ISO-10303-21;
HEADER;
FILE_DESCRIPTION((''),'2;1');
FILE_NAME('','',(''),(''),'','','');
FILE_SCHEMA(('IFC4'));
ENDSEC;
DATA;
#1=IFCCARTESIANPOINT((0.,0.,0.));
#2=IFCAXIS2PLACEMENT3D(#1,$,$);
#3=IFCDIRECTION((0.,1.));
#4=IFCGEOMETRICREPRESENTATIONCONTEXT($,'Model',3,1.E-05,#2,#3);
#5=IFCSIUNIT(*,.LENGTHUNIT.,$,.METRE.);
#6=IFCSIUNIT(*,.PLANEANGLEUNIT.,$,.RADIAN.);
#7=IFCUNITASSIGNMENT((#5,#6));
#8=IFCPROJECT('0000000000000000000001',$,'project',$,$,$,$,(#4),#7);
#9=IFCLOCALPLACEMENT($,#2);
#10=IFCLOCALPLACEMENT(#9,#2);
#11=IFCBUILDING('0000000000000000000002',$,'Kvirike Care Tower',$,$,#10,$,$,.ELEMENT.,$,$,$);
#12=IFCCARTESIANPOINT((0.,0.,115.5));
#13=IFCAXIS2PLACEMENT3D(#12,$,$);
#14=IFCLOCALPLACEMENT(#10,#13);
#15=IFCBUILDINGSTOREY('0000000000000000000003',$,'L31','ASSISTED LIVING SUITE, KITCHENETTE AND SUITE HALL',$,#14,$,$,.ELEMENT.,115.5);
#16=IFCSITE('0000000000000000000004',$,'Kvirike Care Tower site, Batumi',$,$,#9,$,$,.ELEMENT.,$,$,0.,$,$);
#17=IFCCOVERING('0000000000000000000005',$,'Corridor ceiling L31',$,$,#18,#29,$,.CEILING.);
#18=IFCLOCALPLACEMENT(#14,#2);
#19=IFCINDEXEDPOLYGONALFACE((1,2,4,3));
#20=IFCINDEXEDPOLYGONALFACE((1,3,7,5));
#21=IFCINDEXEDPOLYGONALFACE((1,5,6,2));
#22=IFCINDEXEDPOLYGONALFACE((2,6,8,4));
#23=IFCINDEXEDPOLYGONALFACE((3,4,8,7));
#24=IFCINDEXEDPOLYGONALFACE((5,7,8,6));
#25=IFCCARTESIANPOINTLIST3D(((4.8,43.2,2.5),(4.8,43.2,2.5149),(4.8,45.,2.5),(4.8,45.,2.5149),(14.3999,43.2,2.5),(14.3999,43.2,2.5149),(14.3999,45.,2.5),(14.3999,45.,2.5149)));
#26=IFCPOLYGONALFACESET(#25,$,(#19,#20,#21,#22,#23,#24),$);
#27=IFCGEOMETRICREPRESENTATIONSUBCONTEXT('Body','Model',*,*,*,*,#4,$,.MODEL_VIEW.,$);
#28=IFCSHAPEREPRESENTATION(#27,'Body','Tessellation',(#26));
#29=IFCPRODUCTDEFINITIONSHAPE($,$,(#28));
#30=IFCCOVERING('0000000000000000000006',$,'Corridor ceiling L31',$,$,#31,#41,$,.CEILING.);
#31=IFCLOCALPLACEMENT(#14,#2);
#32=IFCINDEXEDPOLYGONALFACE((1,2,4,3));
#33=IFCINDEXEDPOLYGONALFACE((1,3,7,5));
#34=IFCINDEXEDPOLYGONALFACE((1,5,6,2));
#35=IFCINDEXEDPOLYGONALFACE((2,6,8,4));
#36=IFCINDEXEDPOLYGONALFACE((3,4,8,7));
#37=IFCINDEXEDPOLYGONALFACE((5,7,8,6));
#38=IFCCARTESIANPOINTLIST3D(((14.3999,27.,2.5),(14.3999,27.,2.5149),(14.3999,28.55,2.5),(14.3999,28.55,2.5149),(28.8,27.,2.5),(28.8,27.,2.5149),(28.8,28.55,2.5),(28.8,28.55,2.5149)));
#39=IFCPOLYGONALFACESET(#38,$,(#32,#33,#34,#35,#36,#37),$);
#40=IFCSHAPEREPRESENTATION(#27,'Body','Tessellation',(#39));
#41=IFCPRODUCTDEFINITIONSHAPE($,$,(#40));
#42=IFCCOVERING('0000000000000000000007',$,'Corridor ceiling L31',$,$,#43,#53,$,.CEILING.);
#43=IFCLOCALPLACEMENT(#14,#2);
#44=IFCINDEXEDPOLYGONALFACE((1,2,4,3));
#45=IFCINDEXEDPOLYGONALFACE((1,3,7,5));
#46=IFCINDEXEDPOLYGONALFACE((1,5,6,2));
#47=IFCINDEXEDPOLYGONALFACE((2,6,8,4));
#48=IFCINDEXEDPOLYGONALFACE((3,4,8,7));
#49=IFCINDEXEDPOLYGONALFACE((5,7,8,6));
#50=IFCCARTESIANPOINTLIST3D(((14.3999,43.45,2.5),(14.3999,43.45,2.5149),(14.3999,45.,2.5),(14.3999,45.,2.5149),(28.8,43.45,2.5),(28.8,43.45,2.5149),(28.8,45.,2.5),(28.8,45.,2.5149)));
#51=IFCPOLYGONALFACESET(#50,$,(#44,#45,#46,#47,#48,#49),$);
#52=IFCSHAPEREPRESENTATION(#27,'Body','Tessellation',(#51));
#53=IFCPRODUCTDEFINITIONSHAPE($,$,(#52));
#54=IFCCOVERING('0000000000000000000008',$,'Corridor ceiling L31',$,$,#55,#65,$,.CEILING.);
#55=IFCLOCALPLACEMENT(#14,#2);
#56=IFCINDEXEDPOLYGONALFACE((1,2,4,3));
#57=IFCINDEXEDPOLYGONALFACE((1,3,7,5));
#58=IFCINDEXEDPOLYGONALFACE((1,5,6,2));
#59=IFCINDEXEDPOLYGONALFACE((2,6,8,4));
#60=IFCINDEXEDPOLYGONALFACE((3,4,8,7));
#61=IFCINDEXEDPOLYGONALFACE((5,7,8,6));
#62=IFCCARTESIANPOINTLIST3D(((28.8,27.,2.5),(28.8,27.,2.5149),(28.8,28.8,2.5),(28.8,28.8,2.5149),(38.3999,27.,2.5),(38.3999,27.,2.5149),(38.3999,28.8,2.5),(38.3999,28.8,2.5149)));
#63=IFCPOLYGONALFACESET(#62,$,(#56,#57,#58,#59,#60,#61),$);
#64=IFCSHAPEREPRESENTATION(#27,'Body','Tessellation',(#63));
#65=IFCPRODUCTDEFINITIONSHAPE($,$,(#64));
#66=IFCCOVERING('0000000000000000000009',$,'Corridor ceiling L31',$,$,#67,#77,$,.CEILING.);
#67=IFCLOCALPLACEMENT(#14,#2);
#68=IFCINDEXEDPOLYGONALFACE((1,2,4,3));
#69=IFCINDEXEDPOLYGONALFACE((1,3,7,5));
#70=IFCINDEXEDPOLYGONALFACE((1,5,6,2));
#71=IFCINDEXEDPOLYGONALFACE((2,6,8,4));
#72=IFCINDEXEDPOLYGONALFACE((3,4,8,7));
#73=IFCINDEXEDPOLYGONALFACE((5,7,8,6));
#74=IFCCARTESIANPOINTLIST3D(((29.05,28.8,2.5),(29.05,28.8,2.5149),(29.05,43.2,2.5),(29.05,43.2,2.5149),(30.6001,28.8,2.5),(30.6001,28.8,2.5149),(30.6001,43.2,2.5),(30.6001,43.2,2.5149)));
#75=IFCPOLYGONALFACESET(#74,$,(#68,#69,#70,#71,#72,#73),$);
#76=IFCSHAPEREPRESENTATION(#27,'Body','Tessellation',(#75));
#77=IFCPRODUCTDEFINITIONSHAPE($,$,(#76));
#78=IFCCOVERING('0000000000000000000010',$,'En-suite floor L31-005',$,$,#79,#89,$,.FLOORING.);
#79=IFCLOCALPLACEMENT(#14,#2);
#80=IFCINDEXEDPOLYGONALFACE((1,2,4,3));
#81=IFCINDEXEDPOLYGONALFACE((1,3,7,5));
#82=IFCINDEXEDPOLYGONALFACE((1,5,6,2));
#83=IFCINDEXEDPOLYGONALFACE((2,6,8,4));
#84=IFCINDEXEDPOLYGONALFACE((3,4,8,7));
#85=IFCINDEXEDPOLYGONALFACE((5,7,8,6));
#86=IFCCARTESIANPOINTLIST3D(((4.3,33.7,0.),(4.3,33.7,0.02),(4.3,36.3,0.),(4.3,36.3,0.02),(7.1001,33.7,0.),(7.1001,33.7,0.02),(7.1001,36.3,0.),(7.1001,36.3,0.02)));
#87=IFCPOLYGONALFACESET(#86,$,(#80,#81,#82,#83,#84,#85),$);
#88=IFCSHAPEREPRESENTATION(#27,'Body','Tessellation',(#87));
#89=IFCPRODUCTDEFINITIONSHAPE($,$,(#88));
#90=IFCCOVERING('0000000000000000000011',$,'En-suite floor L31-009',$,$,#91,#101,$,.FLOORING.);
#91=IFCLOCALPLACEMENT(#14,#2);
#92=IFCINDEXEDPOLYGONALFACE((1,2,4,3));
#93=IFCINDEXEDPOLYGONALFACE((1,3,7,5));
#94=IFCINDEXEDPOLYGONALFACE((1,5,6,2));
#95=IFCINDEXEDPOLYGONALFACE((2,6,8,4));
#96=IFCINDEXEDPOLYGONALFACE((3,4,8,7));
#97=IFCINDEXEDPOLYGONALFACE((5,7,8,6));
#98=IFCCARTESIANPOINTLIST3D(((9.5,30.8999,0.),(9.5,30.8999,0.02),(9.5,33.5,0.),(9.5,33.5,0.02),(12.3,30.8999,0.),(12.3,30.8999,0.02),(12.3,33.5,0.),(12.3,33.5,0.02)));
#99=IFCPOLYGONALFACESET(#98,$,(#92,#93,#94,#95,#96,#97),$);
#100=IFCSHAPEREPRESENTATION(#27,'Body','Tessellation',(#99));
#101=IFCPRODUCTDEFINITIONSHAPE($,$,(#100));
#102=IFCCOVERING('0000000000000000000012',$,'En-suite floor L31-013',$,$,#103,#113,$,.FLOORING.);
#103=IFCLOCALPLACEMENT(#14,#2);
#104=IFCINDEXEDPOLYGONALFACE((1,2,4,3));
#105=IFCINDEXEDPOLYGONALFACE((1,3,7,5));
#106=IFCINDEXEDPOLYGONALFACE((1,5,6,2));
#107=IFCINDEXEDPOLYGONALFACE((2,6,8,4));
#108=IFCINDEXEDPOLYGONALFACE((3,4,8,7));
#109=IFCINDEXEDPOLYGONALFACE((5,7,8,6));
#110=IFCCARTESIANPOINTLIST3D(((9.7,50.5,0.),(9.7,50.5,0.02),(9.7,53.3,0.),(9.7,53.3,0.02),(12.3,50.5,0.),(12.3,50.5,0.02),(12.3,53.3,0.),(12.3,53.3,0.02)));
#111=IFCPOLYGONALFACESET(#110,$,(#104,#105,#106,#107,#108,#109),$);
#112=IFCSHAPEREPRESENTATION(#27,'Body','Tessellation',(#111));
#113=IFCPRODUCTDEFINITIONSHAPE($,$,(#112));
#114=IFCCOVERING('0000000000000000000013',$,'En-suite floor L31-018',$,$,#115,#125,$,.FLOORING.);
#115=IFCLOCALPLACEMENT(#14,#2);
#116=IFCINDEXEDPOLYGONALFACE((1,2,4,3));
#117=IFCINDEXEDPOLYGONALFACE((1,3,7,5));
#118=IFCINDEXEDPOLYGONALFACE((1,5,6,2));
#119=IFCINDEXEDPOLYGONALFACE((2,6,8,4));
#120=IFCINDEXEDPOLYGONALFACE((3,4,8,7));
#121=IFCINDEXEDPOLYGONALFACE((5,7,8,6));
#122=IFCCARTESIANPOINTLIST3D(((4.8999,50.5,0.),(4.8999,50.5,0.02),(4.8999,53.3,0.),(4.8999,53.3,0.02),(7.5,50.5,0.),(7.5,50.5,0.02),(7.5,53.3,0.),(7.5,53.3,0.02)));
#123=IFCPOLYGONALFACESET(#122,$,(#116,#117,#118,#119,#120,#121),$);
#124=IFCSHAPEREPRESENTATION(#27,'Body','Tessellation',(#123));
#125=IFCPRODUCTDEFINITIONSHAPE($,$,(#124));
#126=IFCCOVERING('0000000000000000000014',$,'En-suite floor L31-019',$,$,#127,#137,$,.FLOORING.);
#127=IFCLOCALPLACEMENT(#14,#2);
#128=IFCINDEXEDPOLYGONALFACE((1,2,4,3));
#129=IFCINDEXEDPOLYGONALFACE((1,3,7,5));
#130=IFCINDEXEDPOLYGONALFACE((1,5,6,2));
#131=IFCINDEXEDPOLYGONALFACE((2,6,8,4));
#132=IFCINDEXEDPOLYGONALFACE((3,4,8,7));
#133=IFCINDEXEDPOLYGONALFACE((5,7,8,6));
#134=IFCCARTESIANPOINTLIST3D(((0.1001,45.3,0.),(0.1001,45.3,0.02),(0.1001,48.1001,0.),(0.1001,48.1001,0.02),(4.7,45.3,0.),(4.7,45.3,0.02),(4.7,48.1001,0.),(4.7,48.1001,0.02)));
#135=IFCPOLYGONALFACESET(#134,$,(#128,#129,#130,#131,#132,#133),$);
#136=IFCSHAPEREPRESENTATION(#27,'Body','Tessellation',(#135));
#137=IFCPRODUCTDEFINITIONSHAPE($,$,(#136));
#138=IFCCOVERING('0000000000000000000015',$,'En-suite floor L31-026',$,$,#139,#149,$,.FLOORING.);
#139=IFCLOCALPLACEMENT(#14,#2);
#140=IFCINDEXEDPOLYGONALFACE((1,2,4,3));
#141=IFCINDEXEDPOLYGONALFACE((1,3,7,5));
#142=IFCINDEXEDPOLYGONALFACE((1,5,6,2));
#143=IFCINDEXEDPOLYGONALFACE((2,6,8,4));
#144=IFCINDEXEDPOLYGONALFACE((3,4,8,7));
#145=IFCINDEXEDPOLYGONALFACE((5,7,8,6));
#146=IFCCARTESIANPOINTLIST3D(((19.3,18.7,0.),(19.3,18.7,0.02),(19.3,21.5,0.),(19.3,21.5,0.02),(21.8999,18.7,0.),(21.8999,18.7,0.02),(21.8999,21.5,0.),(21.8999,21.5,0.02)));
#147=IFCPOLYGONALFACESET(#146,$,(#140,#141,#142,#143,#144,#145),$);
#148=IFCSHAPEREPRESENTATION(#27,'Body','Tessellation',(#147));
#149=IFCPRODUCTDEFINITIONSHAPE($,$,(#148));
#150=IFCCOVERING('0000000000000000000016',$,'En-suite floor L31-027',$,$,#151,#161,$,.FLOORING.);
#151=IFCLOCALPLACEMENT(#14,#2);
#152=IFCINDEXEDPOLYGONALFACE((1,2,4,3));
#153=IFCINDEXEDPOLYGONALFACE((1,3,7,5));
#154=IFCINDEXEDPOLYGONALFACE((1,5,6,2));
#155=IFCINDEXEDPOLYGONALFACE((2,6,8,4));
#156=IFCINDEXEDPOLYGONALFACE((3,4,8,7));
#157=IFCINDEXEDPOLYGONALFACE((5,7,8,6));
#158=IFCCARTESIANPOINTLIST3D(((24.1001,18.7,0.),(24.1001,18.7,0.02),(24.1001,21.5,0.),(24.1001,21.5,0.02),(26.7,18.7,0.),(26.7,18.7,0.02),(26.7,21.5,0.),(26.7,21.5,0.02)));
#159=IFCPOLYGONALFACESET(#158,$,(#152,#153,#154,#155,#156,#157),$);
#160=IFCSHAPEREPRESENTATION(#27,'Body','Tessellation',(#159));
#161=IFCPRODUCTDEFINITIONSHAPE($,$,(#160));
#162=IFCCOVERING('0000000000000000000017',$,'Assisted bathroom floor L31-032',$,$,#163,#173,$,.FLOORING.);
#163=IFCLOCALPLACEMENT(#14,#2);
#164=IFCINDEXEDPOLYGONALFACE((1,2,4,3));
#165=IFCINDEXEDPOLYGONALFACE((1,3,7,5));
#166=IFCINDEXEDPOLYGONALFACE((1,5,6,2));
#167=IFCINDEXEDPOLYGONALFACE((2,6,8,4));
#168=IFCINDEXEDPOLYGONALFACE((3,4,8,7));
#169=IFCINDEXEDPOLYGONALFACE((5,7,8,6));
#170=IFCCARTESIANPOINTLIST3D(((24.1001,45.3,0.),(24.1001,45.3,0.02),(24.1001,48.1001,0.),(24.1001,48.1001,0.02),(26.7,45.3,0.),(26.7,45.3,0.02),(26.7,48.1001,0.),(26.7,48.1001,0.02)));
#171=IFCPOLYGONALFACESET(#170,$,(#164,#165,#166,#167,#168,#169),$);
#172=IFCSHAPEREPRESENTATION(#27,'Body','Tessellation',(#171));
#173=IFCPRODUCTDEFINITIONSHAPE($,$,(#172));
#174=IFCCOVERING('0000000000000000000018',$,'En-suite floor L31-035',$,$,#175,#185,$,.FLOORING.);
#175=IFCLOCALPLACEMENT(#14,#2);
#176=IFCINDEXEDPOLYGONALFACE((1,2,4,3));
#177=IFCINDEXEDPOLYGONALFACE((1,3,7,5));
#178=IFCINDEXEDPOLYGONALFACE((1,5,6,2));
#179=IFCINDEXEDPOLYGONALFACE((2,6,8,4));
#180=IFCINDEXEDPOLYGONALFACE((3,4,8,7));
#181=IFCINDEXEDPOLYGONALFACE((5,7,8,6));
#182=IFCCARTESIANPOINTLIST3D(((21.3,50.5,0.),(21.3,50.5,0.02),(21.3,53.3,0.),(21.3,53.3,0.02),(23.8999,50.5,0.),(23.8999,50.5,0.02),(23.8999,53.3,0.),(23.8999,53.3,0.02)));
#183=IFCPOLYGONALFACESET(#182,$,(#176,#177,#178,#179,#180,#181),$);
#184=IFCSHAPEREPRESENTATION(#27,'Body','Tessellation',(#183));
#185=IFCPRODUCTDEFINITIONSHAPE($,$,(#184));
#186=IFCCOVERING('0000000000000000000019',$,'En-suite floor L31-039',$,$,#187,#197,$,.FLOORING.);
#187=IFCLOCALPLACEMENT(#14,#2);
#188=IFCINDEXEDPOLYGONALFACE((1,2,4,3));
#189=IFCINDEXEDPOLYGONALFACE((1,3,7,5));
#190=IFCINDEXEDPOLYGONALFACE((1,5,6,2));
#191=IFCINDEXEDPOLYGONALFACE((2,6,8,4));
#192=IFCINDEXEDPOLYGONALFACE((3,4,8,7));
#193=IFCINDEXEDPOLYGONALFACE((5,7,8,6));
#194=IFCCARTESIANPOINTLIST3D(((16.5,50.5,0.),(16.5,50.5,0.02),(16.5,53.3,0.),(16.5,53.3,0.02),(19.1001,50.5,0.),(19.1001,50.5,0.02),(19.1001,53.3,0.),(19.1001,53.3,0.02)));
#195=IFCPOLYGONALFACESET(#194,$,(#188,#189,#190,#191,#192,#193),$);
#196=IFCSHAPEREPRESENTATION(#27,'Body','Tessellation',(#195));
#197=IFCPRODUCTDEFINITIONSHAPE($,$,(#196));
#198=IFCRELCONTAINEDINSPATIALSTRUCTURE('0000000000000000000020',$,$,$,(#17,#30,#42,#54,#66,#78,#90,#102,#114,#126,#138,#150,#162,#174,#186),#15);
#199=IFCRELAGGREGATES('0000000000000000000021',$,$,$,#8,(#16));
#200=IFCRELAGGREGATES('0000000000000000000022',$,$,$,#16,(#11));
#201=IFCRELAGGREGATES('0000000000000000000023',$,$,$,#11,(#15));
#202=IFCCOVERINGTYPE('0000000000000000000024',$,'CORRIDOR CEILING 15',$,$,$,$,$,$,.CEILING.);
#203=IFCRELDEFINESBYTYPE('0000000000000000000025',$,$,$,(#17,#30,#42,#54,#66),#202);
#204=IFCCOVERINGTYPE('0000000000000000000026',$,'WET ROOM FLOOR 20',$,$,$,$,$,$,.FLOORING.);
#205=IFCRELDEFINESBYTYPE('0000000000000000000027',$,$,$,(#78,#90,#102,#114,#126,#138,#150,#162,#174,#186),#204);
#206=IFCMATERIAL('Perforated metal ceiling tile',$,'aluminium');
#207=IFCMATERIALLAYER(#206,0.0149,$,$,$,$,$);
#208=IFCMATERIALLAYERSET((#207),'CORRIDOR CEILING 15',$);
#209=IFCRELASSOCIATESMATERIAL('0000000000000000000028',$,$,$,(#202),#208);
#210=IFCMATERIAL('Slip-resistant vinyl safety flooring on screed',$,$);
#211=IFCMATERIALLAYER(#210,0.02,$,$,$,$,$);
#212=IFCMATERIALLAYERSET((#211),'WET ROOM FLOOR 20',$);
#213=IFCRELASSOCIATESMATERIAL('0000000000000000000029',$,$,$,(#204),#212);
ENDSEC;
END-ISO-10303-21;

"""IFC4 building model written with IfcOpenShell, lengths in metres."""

from ifc_helpers import new_model, si_unit, direction, frame, origin, place, context, subcontext, project, spatial, polyline, outline, extrude, material, layer, layer_set, type_object, element, save


model = new_model("IFC4")

# Units and contexts
model_context = context("Model", 3, precision=1e-05, world=origin(), true_north=direction((0.0, 1.0)))
body_context = subcontext(model_context, "Body", "Model", "MODEL_VIEW")
ifc_project = project(units=[si_unit("LENGTHUNIT", "METRE"), si_unit("PLANEANGLEUNIT", "RADIAN")], contexts=[model_context])

# Site, building, storey
site_placement = place(None, origin())
site = spatial("IfcSite", under=ifc_project, at=site_placement, Name="Kvirike Care Tower site, Batumi", CompositionType="ELEMENT", RefElevation=0.0)
building_placement = place(site_placement, origin())
building = spatial("IfcBuilding", under=site, at=building_placement, Name="Kvirike Care Tower", CompositionType="ELEMENT")
storey_placement = place(building_placement, frame((0.0, 0.0, 115.5)))
storey = spatial("IfcBuildingStorey", under=building, at=storey_placement, Name="L31", Description="ASSISTED LIVING SUITE, KITCHENETTE AND SUITE HALL", CompositionType="ELEMENT", Elevation=115.5)

# Coverings
ifc_material_1 = material(Name="Perforated metal ceiling tile", Category="aluminium")
ifc_layer_1 = layer(ifc_material_1, 0.0149)
ifc_layer_set_1 = layer_set([ifc_layer_1], Name="CORRIDOR CEILING 15")
covering_type_1 = type_object("IfcCoveringType", Name="CORRIDOR CEILING 15", PredefinedType="CEILING", material=ifc_layer_set_1)
covering_1_placement = place(storey_placement, frame((0.0, 0.0, 2.5)))
element("IfcCovering", 1, at=covering_1_placement, inside=storey, type_object=covering_type_1, Name="Corridor ceiling L31", PredefinedType="CEILING", context=body_context, shape_type="SweptSolid", body=[
    extrude(outline(polyline([(14.3999, 45.0), (14.3999, 43.2), (4.8, 43.2), (4.8, 45.0), (14.3999, 45.0)])), origin(), (0.0, 0.0, 1.0), 0.0149),
])
covering_2_placement = place(storey_placement, frame((0.0, 0.0, 2.5)))
element("IfcCovering", 2, at=covering_2_placement, inside=storey, type_object=covering_type_1, Name="Corridor ceiling L31", PredefinedType="CEILING", context=body_context, shape_type="SweptSolid", body=[
    extrude(outline(polyline([(14.3999, 27.0), (14.3999, 28.55), (28.8, 28.55), (28.8, 27.0), (14.3999, 27.0)])), origin(), (0.0, 0.0, 1.0), 0.0149),
])
covering_3_placement = place(storey_placement, frame((0.0, 0.0, 2.5)))
element("IfcCovering", 3, at=covering_3_placement, inside=storey, type_object=covering_type_1, Name="Corridor ceiling L31", PredefinedType="CEILING", context=body_context, shape_type="SweptSolid", body=[
    extrude(outline(polyline([(28.8, 45.0), (28.8, 43.45), (14.3999, 43.45), (14.3999, 45.0), (28.8, 45.0)])), origin(), (0.0, 0.0, 1.0), 0.0149),
])
covering_4_placement = place(storey_placement, frame((0.0, 0.0, 2.5)))
element("IfcCovering", 4, at=covering_4_placement, inside=storey, type_object=covering_type_1, Name="Corridor ceiling L31", PredefinedType="CEILING", context=body_context, shape_type="SweptSolid", body=[
    extrude(outline(polyline([(28.8, 27.0), (28.8, 28.8), (38.3999, 28.8), (38.3999, 27.0), (28.8, 27.0)])), origin(), (0.0, 0.0, 1.0), 0.0149),
])
covering_5_placement = place(storey_placement, frame((0.0, 0.0, 2.5)))
element("IfcCovering", 5, at=covering_5_placement, inside=storey, type_object=covering_type_1, Name="Corridor ceiling L31", PredefinedType="CEILING", context=body_context, shape_type="SweptSolid", body=[
    extrude(outline(polyline([(30.6001, 28.8), (29.05, 28.8), (29.05, 43.2), (30.6001, 43.2), (30.6001, 28.8)])), origin(), (0.0, 0.0, 1.0), 0.0149),
])
ifc_material_2 = material(Name="Slip-resistant vinyl safety flooring on screed")
ifc_layer_2 = layer(ifc_material_2, 0.02)
ifc_layer_set_2 = layer_set([ifc_layer_2], Name="WET ROOM FLOOR 20")
covering_type_2 = type_object("IfcCoveringType", Name="WET ROOM FLOOR 20", PredefinedType="FLOORING", material=ifc_layer_set_2)
covering_6_placement = place(storey_placement, origin())
element("IfcCovering", 6, at=covering_6_placement, inside=storey, type_object=covering_type_2, Name="En-suite floor L31-005", PredefinedType="FLOORING", context=body_context, shape_type="SweptSolid", body=[
    extrude(outline(polyline([(4.3, 36.3), (7.1001, 36.3), (7.1001, 33.7), (4.3, 33.7), (4.3, 36.3)])), origin(), (0.0, 0.0, 1.0), 0.02),
])
covering_7_placement = place(storey_placement, origin())
element("IfcCovering", 7, at=covering_7_placement, inside=storey, type_object=covering_type_2, Name="En-suite floor L31-009", PredefinedType="FLOORING", context=body_context, shape_type="SweptSolid", body=[
    extrude(outline(polyline([(9.5, 33.5), (12.3, 33.5), (12.3, 30.8999), (9.5, 30.8999), (9.5, 33.5)])), origin(), (0.0, 0.0, 1.0), 0.02),
])
covering_8_placement = place(storey_placement, origin())
element("IfcCovering", 8, at=covering_8_placement, inside=storey, type_object=covering_type_2, Name="En-suite floor L31-013", PredefinedType="FLOORING", context=body_context, shape_type="SweptSolid", body=[
    extrude(outline(polyline([(12.3, 53.3), (12.3, 50.5), (9.7, 50.5), (9.7, 53.3), (12.3, 53.3)])), origin(), (0.0, 0.0, 1.0), 0.02),
])
covering_9_placement = place(storey_placement, origin())
element("IfcCovering", 9, at=covering_9_placement, inside=storey, type_object=covering_type_2, Name="En-suite floor L31-018", PredefinedType="FLOORING", context=body_context, shape_type="SweptSolid", body=[
    extrude(outline(polyline([(7.5, 53.3), (7.5, 50.5), (4.8999, 50.5), (4.8999, 53.3), (7.5, 53.3)])), origin(), (0.0, 0.0, 1.0), 0.02),
])
covering_10_placement = place(storey_placement, origin())
element("IfcCovering", 10, at=covering_10_placement, inside=storey, type_object=covering_type_2, Name="En-suite floor L31-019", PredefinedType="FLOORING", context=body_context, shape_type="SweptSolid", body=[
    extrude(outline(polyline([(4.7, 48.1001), (4.7, 45.3), (0.1001, 45.3), (0.1001, 48.1001), (4.7, 48.1001)])), origin(), (0.0, 0.0, 1.0), 0.02),
])
covering_11_placement = place(storey_placement, origin())
element("IfcCovering", 11, at=covering_11_placement, inside=storey, type_object=covering_type_2, Name="En-suite floor L31-026", PredefinedType="FLOORING", context=body_context, shape_type="SweptSolid", body=[
    extrude(outline(polyline([(19.3, 18.7), (19.3, 21.5), (21.8999, 21.5), (21.8999, 18.7), (19.3, 18.7)])), origin(), (0.0, 0.0, 1.0), 0.02),
])
covering_12_placement = place(storey_placement, origin())
element("IfcCovering", 12, at=covering_12_placement, inside=storey, type_object=covering_type_2, Name="En-suite floor L31-027", PredefinedType="FLOORING", context=body_context, shape_type="SweptSolid", body=[
    extrude(outline(polyline([(24.1001, 18.7), (24.1001, 21.5), (26.7, 21.5), (26.7, 18.7), (24.1001, 18.7)])), origin(), (0.0, 0.0, 1.0), 0.02),
])
covering_13_placement = place(storey_placement, origin())
element("IfcCovering", 13, at=covering_13_placement, inside=storey, type_object=covering_type_2, Name="Assisted bathroom floor L31-032", PredefinedType="FLOORING", context=body_context, shape_type="SweptSolid", body=[
    extrude(outline(polyline([(26.7, 48.1001), (26.7, 45.3), (24.1001, 45.3), (24.1001, 48.1001), (26.7, 48.1001)])), origin(), (0.0, 0.0, 1.0), 0.02),
])
covering_14_placement = place(storey_placement, origin())
element("IfcCovering", 14, at=covering_14_placement, inside=storey, type_object=covering_type_2, Name="En-suite floor L31-035", PredefinedType="FLOORING", context=body_context, shape_type="SweptSolid", body=[
    extrude(outline(polyline([(23.8999, 53.3), (23.8999, 50.5), (21.3, 50.5), (21.3, 53.3), (23.8999, 53.3)])), origin(), (0.0, 0.0, 1.0), 0.02),
])
covering_15_placement = place(storey_placement, origin())
element("IfcCovering", 15, at=covering_15_placement, inside=storey, type_object=covering_type_2, Name="En-suite floor L31-039", PredefinedType="FLOORING", context=body_context, shape_type="SweptSolid", body=[
    extrude(outline(polyline([(19.1001, 53.3), (19.1001, 50.5), (16.5, 50.5), (16.5, 53.3), (19.1001, 53.3)])), origin(), (0.0, 0.0, 1.0), 0.02),
])

save(model, "model.ifc")
